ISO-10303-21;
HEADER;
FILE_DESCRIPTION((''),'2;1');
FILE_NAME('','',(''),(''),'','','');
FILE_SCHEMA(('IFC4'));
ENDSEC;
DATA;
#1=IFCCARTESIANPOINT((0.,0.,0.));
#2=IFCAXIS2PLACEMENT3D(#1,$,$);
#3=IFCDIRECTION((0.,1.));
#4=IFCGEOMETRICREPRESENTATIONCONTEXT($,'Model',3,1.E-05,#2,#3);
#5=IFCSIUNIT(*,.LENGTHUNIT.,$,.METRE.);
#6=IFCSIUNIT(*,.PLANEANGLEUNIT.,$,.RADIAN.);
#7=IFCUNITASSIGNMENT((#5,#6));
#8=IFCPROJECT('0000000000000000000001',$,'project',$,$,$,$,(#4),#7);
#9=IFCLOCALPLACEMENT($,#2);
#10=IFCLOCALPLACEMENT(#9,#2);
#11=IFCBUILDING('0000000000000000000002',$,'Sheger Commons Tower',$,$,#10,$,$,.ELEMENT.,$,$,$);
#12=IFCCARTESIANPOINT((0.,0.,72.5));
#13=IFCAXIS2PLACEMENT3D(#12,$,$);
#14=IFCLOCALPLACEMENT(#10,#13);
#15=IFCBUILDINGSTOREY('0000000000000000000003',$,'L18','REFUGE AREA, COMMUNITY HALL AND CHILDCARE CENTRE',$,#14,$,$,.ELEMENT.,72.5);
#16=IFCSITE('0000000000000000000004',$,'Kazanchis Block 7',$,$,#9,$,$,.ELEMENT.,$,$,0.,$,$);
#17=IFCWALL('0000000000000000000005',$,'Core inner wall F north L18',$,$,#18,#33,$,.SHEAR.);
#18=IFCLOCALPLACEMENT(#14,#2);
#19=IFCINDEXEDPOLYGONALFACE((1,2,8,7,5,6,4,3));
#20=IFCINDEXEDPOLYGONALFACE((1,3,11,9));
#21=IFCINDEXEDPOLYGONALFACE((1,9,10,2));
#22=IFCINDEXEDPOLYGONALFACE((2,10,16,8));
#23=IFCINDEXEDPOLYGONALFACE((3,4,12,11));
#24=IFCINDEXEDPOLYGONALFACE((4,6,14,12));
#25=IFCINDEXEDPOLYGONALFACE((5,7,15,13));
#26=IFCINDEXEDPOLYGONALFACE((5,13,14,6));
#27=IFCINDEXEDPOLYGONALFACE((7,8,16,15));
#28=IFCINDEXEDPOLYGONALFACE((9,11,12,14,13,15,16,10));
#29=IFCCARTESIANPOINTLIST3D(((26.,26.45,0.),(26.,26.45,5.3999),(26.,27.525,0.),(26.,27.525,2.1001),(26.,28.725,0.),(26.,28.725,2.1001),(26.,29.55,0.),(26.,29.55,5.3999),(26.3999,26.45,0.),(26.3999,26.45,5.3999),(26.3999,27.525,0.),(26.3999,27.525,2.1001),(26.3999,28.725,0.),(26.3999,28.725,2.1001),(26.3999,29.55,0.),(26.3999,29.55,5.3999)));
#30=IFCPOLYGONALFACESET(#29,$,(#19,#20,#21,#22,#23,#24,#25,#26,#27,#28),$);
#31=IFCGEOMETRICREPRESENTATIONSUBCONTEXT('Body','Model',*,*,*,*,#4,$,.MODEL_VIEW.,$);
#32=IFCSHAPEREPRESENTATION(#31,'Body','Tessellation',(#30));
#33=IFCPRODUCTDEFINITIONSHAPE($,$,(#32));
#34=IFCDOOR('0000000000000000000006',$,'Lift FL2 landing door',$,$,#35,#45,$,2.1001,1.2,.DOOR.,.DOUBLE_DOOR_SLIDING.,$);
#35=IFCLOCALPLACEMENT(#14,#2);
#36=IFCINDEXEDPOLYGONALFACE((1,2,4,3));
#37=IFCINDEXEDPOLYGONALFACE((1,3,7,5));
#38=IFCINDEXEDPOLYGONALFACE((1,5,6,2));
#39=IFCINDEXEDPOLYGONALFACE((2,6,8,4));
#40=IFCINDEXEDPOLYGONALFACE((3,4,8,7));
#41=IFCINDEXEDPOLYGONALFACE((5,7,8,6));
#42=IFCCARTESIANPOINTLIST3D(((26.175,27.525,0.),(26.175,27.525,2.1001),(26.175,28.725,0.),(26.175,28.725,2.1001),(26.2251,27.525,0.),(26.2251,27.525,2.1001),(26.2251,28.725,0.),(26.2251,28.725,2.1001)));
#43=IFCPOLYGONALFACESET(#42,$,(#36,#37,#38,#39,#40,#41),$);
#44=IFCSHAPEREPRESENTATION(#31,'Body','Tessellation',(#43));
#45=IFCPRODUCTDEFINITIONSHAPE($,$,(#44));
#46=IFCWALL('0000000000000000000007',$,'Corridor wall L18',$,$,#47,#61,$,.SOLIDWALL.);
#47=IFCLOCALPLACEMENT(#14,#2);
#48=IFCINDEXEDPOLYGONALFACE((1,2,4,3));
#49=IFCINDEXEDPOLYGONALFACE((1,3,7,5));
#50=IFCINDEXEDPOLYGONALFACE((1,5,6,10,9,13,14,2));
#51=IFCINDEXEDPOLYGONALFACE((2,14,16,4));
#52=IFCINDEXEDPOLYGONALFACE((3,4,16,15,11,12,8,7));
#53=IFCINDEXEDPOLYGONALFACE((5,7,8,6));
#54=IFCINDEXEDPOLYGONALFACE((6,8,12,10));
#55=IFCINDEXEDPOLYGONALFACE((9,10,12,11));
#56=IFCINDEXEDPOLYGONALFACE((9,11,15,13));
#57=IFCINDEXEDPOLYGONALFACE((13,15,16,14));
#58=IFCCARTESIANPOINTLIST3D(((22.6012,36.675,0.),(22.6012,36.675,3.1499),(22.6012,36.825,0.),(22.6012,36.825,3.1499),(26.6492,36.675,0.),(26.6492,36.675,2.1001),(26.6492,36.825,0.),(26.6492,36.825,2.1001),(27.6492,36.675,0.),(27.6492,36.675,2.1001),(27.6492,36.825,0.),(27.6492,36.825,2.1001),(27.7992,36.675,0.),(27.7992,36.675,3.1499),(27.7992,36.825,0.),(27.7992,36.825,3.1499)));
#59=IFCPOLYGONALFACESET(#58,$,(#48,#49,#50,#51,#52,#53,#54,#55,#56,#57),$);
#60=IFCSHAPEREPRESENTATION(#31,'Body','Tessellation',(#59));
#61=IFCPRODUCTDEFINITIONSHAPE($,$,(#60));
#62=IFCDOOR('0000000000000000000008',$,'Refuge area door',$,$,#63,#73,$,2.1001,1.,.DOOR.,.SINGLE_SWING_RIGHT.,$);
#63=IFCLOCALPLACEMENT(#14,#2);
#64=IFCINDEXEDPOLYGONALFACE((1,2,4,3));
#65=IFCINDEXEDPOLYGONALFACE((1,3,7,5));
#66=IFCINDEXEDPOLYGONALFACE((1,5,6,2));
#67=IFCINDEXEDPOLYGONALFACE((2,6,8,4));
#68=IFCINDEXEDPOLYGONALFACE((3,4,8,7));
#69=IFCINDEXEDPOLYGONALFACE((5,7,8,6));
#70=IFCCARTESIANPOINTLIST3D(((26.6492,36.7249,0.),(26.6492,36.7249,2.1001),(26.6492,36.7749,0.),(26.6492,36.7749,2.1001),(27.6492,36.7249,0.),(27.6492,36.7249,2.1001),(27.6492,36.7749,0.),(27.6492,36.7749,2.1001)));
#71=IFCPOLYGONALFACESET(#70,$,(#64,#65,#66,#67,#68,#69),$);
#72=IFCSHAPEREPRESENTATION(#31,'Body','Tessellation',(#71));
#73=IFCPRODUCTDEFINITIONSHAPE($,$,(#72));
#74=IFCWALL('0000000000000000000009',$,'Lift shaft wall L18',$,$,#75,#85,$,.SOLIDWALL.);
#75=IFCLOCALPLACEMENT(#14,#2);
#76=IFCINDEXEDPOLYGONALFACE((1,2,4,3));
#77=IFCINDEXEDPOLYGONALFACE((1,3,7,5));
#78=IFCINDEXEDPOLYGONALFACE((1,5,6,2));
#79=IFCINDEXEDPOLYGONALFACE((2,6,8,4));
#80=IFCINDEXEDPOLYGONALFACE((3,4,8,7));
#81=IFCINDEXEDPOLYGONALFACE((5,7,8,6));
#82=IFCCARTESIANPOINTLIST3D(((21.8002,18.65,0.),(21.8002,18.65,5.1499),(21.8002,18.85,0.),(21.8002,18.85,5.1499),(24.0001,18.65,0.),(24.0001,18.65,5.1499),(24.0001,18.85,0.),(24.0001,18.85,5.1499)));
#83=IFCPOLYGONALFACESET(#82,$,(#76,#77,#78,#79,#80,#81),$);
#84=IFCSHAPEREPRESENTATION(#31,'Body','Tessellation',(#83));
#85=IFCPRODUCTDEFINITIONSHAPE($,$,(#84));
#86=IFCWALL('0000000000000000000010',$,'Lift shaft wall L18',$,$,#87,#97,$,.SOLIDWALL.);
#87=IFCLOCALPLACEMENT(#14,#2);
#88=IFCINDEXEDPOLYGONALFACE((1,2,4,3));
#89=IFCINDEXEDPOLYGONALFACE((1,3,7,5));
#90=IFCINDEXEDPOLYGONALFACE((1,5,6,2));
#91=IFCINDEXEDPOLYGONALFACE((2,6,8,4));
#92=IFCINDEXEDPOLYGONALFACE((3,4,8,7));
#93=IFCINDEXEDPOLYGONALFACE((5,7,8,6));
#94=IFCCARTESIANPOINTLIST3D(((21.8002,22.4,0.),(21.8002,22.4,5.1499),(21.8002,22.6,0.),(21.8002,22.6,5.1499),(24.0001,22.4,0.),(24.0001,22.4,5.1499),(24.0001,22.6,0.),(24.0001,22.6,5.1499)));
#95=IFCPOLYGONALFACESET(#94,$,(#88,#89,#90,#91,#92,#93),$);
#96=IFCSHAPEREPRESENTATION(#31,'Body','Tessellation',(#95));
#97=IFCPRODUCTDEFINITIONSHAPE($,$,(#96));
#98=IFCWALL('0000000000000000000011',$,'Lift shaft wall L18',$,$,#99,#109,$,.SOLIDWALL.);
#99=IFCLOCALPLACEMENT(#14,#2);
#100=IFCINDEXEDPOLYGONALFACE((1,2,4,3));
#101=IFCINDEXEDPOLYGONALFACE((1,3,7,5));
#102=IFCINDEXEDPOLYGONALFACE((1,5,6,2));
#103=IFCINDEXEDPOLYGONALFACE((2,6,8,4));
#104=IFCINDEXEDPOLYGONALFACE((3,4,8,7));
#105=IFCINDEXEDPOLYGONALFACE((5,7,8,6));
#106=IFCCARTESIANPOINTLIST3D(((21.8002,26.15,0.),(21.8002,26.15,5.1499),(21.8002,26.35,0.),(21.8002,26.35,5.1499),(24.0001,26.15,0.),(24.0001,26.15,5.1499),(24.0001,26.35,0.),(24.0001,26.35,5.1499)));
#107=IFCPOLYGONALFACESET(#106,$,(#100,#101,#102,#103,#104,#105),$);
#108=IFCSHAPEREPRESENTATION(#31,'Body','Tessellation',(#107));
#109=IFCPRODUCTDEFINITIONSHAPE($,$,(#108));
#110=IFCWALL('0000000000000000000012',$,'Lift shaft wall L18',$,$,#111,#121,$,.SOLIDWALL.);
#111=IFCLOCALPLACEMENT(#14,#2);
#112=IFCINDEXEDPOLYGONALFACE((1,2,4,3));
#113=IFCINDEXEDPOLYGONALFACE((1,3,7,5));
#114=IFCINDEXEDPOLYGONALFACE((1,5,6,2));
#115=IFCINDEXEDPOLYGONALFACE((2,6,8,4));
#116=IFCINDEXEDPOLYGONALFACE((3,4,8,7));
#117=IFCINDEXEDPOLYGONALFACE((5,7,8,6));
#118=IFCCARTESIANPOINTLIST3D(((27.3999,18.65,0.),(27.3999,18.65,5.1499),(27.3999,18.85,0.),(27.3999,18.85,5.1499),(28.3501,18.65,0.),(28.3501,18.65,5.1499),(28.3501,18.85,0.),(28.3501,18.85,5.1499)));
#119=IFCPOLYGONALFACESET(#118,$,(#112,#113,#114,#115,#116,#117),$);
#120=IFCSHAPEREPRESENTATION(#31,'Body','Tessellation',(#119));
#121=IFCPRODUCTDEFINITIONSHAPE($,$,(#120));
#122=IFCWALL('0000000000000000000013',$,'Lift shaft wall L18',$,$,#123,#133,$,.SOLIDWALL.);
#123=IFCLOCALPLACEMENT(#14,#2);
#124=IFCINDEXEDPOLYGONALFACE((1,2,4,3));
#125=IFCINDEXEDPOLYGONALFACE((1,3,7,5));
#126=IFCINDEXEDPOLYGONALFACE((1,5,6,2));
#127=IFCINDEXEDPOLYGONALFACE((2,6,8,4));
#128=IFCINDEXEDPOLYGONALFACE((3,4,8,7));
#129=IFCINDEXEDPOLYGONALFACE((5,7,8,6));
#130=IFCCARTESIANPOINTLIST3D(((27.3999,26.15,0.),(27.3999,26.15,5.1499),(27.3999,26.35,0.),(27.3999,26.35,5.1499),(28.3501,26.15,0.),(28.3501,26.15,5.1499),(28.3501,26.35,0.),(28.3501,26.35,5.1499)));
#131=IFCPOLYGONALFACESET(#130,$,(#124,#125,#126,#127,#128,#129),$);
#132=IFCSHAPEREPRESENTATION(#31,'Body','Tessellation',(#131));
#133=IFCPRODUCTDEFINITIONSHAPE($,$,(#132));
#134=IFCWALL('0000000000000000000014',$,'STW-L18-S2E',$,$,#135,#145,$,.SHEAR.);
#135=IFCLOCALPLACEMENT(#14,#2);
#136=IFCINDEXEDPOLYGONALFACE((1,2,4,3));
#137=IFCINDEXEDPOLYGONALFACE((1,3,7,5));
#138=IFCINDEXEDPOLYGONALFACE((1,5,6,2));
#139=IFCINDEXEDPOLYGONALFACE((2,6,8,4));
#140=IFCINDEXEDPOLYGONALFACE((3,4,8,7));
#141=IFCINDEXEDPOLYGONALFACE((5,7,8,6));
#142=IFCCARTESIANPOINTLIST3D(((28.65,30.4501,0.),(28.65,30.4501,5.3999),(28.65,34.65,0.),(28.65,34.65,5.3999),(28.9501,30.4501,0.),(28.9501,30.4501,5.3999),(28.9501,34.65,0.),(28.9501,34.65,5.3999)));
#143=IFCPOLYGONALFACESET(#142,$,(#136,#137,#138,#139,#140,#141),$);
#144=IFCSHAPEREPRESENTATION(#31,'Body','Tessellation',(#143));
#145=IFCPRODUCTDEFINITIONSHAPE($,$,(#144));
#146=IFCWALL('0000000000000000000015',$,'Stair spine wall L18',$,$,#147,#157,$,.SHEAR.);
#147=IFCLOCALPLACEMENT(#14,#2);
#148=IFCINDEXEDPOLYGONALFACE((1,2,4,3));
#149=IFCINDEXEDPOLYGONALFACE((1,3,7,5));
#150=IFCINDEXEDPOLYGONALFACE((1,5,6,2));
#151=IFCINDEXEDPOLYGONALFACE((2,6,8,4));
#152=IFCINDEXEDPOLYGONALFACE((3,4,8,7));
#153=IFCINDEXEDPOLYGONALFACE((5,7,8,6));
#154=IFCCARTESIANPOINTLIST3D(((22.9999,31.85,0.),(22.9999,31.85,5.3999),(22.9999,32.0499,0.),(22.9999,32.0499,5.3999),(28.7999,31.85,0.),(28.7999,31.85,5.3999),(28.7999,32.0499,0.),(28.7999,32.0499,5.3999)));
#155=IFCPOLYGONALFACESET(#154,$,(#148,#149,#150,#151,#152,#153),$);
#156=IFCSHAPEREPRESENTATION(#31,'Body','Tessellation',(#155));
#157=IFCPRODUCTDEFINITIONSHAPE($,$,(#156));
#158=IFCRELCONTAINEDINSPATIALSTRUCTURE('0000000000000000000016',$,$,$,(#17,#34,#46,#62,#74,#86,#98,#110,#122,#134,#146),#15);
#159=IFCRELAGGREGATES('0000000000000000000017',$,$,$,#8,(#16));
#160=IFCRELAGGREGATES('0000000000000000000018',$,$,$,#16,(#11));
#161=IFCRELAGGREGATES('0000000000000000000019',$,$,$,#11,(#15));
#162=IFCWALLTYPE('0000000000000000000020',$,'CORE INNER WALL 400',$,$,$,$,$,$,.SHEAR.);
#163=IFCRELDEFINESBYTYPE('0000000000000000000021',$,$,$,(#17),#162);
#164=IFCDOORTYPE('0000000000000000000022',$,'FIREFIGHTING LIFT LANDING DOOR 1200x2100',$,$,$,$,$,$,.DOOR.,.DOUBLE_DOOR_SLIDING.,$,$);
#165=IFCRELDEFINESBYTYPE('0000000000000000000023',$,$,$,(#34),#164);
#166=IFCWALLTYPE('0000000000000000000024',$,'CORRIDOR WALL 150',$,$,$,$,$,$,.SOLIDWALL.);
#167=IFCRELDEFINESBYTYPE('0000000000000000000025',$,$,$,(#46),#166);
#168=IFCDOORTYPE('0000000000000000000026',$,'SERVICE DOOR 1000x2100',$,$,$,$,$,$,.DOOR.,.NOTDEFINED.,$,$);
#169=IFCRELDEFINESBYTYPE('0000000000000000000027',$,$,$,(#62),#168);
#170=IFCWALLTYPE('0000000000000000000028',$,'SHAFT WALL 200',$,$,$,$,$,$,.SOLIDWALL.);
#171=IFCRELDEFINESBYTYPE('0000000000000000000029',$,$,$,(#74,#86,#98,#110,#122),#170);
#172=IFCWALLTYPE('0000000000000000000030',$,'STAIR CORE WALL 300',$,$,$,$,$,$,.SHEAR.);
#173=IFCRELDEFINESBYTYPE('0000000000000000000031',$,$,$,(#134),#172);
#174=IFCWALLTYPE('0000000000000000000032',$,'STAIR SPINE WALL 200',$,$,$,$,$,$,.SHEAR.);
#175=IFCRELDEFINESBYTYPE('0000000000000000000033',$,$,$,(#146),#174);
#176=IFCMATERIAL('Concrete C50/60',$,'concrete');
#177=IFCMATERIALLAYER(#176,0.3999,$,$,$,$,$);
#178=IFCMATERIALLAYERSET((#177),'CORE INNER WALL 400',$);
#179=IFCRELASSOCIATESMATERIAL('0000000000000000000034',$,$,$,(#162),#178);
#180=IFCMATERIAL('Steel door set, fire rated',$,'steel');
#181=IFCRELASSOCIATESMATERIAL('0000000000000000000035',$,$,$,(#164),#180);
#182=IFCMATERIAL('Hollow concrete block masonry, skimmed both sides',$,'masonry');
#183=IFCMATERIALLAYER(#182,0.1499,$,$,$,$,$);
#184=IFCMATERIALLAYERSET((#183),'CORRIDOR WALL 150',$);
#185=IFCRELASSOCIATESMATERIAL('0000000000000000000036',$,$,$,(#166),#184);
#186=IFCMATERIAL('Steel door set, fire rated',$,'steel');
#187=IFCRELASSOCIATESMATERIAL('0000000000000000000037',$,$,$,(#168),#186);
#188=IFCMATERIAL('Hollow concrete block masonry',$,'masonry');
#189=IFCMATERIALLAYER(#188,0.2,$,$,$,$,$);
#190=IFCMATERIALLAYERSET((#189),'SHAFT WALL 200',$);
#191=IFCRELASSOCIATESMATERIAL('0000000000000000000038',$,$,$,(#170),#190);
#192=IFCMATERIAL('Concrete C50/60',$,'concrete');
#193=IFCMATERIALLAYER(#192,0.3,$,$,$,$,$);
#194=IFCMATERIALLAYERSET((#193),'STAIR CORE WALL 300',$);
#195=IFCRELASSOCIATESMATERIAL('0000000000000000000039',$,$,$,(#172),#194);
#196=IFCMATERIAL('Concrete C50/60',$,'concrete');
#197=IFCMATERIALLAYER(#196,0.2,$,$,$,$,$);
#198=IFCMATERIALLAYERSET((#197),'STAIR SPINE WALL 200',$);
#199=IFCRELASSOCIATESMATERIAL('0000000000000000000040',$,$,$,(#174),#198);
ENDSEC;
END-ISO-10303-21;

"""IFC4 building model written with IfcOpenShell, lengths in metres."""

from ifc_helpers import new_model, si_unit, direction, frame, frame_2d, origin, place, context, subcontext, project, spatial, rectangle, extrude, material, layer, layer_set, type_object, element, fill, save


model = new_model("IFC4")

# Units and contexts
model_context = context("Model", 3, precision=1e-05, world=origin(), true_north=direction((0.0, 1.0)))
body_context = subcontext(model_context, "Body", "Model", "MODEL_VIEW")
ifc_project = project(units=[si_unit("LENGTHUNIT", "METRE"), si_unit("PLANEANGLEUNIT", "RADIAN")], contexts=[model_context])

# Site, building, storey
site_placement = place(None, origin())
site = spatial("IfcSite", under=ifc_project, at=site_placement, Name="Kazanchis Block 7", CompositionType="ELEMENT", RefElevation=0.0)
building_placement = place(site_placement, origin())
building = spatial("IfcBuilding", under=site, at=building_placement, Name="Sheger Commons Tower", CompositionType="ELEMENT")
storey_placement = place(building_placement, frame((0.0, 0.0, 72.5)))
storey = spatial("IfcBuildingStorey", under=building, at=storey_placement, Name="L18", Description="REFUGE AREA, COMMUNITY HALL AND CHILDCARE CENTRE", CompositionType="ELEMENT", Elevation=72.5)

# Shared definitions
ifc_material_1 = material(Name="Concrete C50/60", Category="concrete")
ifc_layer_1 = layer(ifc_material_1, 0.3999)
ifc_layer_set_1 = layer_set([ifc_layer_1], Name="CORE INNER WALL 400")
wall_type_1 = type_object("IfcWallType", Name="CORE INNER WALL 400", PredefinedType="SHEAR", material=ifc_layer_set_1)

# Walls, openings, doors
wall_1_placement = place(storey_placement, frame((26.2, 26.45, 0.0), z_axis=(0.0, 0.0, 1.0), x_axis=(0.0, 1.0, 0.0)))
wall_1 = element("IfcWall", 1, at=wall_1_placement, inside=storey, type_object=wall_type_1, Name="Core inner wall F north L18", PredefinedType="SHEAR", context=body_context, shape_type="SweptSolid", body=[
    extrude(rectangle(XDim=3.1001, YDim=0.3999, at=frame_2d((1.55, 0.0))), origin(), (0.0, 0.0, 1.0), 5.3999),
])
opening_1_placement = place(wall_1_placement, frame((1.075, 0.0, 0.0)))
opening_1 = element("IfcOpeningElement", 2, at=opening_1_placement, cuts=wall_1, PredefinedType="OPENING", context=body_context, shape_type="SweptSolid", body=[
    extrude(rectangle(XDim=1.2, YDim=2.1001, at=frame_2d((0.6001, 1.05))), frame((0.0, 0.21, 0.0), z_axis=(0.0, -1.0, 0.0), x_axis=(1.0, 0.0, 0.0)), (0.0, 0.0, 1.0), 0.4199),
])
ifc_material_2 = material(Name="Steel door set, fire rated", Category="steel")
door_type_1 = type_object("IfcDoorType", Name="FIREFIGHTING LIFT LANDING DOOR 1200x2100", OperationType="DOUBLE_DOOR_SLIDING", PredefinedType="DOOR", material=ifc_material_2)
door_1_placement = place(opening_1_placement, origin())
door_1 = element("IfcDoor", 3, at=door_1_placement, inside=storey, type_object=door_type_1, Name="Lift FL2 landing door", OperationType="DOUBLE_DOOR_SLIDING", OverallHeight=2.1001, OverallWidth=1.2, PredefinedType="DOOR", context=body_context, shape_type="SweptSolid", body=[
    extrude(rectangle(XDim=1.2, YDim=2.1001, at=frame_2d((0.6001, 1.05))), frame((0.0, 0.0249, 0.0), z_axis=(0.0, -1.0, 0.0), x_axis=(1.0, 0.0, 0.0)), (0.0, 0.0, 1.0), 0.05),
])
fill(opening_1, door_1)
ifc_material_3 = material(Name="Hollow concrete block masonry, skimmed both sides", Category="masonry")
ifc_layer_2 = layer(ifc_material_3, 0.1499)
ifc_layer_set_2 = layer_set([ifc_layer_2], Name="CORRIDOR WALL 150")
wall_type_2 = type_object("IfcWallType", Name="CORRIDOR WALL 150", PredefinedType="SOLIDWALL", material=ifc_layer_set_2)
wall_2_placement = place(storey_placement, frame((22.6011, 36.75, 0.0), z_axis=(0.0, 0.0, 1.0), x_axis=(1.0, 0.0, 0.0)))
wall_2 = element("IfcWall", 4, at=wall_2_placement, inside=storey, type_object=wall_type_2, Name="Corridor wall L18", PredefinedType="SOLIDWALL", context=body_context, shape_type="SweptSolid", body=[
    extrude(rectangle(XDim=5.198, YDim=0.1499, at=frame_2d((2.5991, 0.0))), origin(), (0.0, 0.0, 1.0), 3.1499),
])
opening_2_placement = place(wall_2_placement, frame((4.0481, 0.0, 0.0)))
opening_2 = element("IfcOpeningElement", 5, at=opening_2_placement, cuts=wall_2, PredefinedType="OPENING", context=body_context, shape_type="SweptSolid", body=[
    extrude(rectangle(XDim=1.0, YDim=2.1001, at=frame_2d((0.5, 1.05))), frame((0.0, 0.085, 0.0), z_axis=(0.0, -1.0, 0.0), x_axis=(1.0, 0.0, 0.0)), (0.0, 0.0, 1.0), 0.1699),
])
ifc_material_4 = material(Name="Steel door set, fire rated", Category="steel")
door_type_2 = type_object("IfcDoorType", Name="SERVICE DOOR 1000x2100", OperationType="NOTDEFINED", PredefinedType="DOOR", material=ifc_material_4)
door_2_placement = place(opening_2_placement, origin())
door_2 = element("IfcDoor", 6, at=door_2_placement, inside=storey, type_object=door_type_2, Name="Refuge area door", OperationType="SINGLE_SWING_RIGHT", OverallHeight=2.1001, OverallWidth=1.0, PredefinedType="DOOR", context=body_context, shape_type="SweptSolid", body=[
    extrude(rectangle(XDim=1.0, YDim=2.1001, at=frame_2d((0.5, 1.05))), frame((0.0, 0.0249, 0.0), z_axis=(0.0, -1.0, 0.0), x_axis=(1.0, 0.0, 0.0)), (0.0, 0.0, 1.0), 0.05),
])
fill(opening_2, door_2)

# Walls
ifc_material_5 = material(Name="Hollow concrete block masonry", Category="masonry")
ifc_layer_3 = layer(ifc_material_5, 0.2)
ifc_layer_set_3 = layer_set([ifc_layer_3], Name="SHAFT WALL 200")
wall_type_3 = type_object("IfcWallType", Name="SHAFT WALL 200", PredefinedType="SOLIDWALL", material=ifc_layer_set_3)
for number, where, z_axis, x_axis, name in (
    (7, (21.8, 18.75, 0.0), (0.0, 0.0, 1.0), (1.0, 0.0, 0.0), "Lift shaft wall L18"),
    (8, (21.8, 22.5, 0.0), (0.0, 0.0, 1.0), (1.0, 0.0, 0.0), "Lift shaft wall L18"),
    (9, (21.8, 26.25, 0.0), (0.0, 0.0, 1.0), (1.0, 0.0, 0.0), "Lift shaft wall L18"),
):
    element("IfcWall", number, at=place(storey_placement, frame(where, z_axis=z_axis, x_axis=x_axis)), inside=storey, type_object=wall_type_3, Name=name, PredefinedType="SOLIDWALL", context=body_context, shape_type="SweptSolid", body=[
        extrude(rectangle(XDim=2.2, YDim=0.2, at=frame_2d((1.1001, 0.0))), origin(), (0.0, 0.0, 1.0), 5.1499),
    ])
for number, where, z_axis, x_axis, name in (
    (10, (27.3999, 18.75, 0.0), (0.0, 0.0, 1.0), (1.0, 0.0, 0.0), "Lift shaft wall L18"),
    (11, (27.3999, 26.25, 0.0), (0.0, 0.0, 1.0), (1.0, 0.0, 0.0), "Lift shaft wall L18"),
):
    element("IfcWall", number, at=place(storey_placement, frame(where, z_axis=z_axis, x_axis=x_axis)), inside=storey, type_object=wall_type_3, Name=name, PredefinedType="SOLIDWALL", context=body_context, shape_type="SweptSolid", body=[
        extrude(rectangle(XDim=0.9502, YDim=0.2, at=frame_2d((0.4751, 0.0))), origin(), (0.0, 0.0, 1.0), 5.1499),
    ])
ifc_material_6 = material(Name="Concrete C50/60", Category="concrete")
ifc_layer_4 = layer(ifc_material_6, 0.3)
ifc_layer_set_4 = layer_set([ifc_layer_4], Name="STAIR CORE WALL 300")
wall_type_4 = type_object("IfcWallType", Name="STAIR CORE WALL 300", PredefinedType="SHEAR", material=ifc_layer_set_4)
wall_3_placement = place(storey_placement, frame((28.8, 30.45, 0.0), z_axis=(0.0, 0.0, 1.0), x_axis=(0.0, 1.0, 0.0)))
element("IfcWall", 12, at=wall_3_placement, inside=storey, type_object=wall_type_4, Name="STW-L18-S2E", PredefinedType="SHEAR", context=body_context, shape_type="SweptSolid", body=[
    extrude(rectangle(XDim=4.2, YDim=0.3, at=frame_2d((2.1001, 0.0))), origin(), (0.0, 0.0, 1.0), 5.3999),
])
ifc_material_7 = material(Name="Concrete C50/60", Category="concrete")
ifc_layer_5 = layer(ifc_material_7, 0.2)
ifc_layer_set_5 = layer_set([ifc_layer_5], Name="STAIR SPINE WALL 200")
wall_type_5 = type_object("IfcWallType", Name="STAIR SPINE WALL 200", PredefinedType="SHEAR", material=ifc_layer_set_5)
wall_4_placement = place(storey_placement, frame((23.0, 31.95, 0.0), z_axis=(0.0, 0.0, 1.0), x_axis=(1.0, 0.0, 0.0)))
element("IfcWall", 13, at=wall_4_placement, inside=storey, type_object=wall_type_5, Name="Stair spine wall L18", PredefinedType="SHEAR", context=body_context, shape_type="SweptSolid", body=[
    extrude(rectangle(XDim=5.8, YDim=0.2, at=frame_2d((2.8999, 0.0))), origin(), (0.0, 0.0, 1.0), 5.3999),
])

save(model, "model.ifc")
